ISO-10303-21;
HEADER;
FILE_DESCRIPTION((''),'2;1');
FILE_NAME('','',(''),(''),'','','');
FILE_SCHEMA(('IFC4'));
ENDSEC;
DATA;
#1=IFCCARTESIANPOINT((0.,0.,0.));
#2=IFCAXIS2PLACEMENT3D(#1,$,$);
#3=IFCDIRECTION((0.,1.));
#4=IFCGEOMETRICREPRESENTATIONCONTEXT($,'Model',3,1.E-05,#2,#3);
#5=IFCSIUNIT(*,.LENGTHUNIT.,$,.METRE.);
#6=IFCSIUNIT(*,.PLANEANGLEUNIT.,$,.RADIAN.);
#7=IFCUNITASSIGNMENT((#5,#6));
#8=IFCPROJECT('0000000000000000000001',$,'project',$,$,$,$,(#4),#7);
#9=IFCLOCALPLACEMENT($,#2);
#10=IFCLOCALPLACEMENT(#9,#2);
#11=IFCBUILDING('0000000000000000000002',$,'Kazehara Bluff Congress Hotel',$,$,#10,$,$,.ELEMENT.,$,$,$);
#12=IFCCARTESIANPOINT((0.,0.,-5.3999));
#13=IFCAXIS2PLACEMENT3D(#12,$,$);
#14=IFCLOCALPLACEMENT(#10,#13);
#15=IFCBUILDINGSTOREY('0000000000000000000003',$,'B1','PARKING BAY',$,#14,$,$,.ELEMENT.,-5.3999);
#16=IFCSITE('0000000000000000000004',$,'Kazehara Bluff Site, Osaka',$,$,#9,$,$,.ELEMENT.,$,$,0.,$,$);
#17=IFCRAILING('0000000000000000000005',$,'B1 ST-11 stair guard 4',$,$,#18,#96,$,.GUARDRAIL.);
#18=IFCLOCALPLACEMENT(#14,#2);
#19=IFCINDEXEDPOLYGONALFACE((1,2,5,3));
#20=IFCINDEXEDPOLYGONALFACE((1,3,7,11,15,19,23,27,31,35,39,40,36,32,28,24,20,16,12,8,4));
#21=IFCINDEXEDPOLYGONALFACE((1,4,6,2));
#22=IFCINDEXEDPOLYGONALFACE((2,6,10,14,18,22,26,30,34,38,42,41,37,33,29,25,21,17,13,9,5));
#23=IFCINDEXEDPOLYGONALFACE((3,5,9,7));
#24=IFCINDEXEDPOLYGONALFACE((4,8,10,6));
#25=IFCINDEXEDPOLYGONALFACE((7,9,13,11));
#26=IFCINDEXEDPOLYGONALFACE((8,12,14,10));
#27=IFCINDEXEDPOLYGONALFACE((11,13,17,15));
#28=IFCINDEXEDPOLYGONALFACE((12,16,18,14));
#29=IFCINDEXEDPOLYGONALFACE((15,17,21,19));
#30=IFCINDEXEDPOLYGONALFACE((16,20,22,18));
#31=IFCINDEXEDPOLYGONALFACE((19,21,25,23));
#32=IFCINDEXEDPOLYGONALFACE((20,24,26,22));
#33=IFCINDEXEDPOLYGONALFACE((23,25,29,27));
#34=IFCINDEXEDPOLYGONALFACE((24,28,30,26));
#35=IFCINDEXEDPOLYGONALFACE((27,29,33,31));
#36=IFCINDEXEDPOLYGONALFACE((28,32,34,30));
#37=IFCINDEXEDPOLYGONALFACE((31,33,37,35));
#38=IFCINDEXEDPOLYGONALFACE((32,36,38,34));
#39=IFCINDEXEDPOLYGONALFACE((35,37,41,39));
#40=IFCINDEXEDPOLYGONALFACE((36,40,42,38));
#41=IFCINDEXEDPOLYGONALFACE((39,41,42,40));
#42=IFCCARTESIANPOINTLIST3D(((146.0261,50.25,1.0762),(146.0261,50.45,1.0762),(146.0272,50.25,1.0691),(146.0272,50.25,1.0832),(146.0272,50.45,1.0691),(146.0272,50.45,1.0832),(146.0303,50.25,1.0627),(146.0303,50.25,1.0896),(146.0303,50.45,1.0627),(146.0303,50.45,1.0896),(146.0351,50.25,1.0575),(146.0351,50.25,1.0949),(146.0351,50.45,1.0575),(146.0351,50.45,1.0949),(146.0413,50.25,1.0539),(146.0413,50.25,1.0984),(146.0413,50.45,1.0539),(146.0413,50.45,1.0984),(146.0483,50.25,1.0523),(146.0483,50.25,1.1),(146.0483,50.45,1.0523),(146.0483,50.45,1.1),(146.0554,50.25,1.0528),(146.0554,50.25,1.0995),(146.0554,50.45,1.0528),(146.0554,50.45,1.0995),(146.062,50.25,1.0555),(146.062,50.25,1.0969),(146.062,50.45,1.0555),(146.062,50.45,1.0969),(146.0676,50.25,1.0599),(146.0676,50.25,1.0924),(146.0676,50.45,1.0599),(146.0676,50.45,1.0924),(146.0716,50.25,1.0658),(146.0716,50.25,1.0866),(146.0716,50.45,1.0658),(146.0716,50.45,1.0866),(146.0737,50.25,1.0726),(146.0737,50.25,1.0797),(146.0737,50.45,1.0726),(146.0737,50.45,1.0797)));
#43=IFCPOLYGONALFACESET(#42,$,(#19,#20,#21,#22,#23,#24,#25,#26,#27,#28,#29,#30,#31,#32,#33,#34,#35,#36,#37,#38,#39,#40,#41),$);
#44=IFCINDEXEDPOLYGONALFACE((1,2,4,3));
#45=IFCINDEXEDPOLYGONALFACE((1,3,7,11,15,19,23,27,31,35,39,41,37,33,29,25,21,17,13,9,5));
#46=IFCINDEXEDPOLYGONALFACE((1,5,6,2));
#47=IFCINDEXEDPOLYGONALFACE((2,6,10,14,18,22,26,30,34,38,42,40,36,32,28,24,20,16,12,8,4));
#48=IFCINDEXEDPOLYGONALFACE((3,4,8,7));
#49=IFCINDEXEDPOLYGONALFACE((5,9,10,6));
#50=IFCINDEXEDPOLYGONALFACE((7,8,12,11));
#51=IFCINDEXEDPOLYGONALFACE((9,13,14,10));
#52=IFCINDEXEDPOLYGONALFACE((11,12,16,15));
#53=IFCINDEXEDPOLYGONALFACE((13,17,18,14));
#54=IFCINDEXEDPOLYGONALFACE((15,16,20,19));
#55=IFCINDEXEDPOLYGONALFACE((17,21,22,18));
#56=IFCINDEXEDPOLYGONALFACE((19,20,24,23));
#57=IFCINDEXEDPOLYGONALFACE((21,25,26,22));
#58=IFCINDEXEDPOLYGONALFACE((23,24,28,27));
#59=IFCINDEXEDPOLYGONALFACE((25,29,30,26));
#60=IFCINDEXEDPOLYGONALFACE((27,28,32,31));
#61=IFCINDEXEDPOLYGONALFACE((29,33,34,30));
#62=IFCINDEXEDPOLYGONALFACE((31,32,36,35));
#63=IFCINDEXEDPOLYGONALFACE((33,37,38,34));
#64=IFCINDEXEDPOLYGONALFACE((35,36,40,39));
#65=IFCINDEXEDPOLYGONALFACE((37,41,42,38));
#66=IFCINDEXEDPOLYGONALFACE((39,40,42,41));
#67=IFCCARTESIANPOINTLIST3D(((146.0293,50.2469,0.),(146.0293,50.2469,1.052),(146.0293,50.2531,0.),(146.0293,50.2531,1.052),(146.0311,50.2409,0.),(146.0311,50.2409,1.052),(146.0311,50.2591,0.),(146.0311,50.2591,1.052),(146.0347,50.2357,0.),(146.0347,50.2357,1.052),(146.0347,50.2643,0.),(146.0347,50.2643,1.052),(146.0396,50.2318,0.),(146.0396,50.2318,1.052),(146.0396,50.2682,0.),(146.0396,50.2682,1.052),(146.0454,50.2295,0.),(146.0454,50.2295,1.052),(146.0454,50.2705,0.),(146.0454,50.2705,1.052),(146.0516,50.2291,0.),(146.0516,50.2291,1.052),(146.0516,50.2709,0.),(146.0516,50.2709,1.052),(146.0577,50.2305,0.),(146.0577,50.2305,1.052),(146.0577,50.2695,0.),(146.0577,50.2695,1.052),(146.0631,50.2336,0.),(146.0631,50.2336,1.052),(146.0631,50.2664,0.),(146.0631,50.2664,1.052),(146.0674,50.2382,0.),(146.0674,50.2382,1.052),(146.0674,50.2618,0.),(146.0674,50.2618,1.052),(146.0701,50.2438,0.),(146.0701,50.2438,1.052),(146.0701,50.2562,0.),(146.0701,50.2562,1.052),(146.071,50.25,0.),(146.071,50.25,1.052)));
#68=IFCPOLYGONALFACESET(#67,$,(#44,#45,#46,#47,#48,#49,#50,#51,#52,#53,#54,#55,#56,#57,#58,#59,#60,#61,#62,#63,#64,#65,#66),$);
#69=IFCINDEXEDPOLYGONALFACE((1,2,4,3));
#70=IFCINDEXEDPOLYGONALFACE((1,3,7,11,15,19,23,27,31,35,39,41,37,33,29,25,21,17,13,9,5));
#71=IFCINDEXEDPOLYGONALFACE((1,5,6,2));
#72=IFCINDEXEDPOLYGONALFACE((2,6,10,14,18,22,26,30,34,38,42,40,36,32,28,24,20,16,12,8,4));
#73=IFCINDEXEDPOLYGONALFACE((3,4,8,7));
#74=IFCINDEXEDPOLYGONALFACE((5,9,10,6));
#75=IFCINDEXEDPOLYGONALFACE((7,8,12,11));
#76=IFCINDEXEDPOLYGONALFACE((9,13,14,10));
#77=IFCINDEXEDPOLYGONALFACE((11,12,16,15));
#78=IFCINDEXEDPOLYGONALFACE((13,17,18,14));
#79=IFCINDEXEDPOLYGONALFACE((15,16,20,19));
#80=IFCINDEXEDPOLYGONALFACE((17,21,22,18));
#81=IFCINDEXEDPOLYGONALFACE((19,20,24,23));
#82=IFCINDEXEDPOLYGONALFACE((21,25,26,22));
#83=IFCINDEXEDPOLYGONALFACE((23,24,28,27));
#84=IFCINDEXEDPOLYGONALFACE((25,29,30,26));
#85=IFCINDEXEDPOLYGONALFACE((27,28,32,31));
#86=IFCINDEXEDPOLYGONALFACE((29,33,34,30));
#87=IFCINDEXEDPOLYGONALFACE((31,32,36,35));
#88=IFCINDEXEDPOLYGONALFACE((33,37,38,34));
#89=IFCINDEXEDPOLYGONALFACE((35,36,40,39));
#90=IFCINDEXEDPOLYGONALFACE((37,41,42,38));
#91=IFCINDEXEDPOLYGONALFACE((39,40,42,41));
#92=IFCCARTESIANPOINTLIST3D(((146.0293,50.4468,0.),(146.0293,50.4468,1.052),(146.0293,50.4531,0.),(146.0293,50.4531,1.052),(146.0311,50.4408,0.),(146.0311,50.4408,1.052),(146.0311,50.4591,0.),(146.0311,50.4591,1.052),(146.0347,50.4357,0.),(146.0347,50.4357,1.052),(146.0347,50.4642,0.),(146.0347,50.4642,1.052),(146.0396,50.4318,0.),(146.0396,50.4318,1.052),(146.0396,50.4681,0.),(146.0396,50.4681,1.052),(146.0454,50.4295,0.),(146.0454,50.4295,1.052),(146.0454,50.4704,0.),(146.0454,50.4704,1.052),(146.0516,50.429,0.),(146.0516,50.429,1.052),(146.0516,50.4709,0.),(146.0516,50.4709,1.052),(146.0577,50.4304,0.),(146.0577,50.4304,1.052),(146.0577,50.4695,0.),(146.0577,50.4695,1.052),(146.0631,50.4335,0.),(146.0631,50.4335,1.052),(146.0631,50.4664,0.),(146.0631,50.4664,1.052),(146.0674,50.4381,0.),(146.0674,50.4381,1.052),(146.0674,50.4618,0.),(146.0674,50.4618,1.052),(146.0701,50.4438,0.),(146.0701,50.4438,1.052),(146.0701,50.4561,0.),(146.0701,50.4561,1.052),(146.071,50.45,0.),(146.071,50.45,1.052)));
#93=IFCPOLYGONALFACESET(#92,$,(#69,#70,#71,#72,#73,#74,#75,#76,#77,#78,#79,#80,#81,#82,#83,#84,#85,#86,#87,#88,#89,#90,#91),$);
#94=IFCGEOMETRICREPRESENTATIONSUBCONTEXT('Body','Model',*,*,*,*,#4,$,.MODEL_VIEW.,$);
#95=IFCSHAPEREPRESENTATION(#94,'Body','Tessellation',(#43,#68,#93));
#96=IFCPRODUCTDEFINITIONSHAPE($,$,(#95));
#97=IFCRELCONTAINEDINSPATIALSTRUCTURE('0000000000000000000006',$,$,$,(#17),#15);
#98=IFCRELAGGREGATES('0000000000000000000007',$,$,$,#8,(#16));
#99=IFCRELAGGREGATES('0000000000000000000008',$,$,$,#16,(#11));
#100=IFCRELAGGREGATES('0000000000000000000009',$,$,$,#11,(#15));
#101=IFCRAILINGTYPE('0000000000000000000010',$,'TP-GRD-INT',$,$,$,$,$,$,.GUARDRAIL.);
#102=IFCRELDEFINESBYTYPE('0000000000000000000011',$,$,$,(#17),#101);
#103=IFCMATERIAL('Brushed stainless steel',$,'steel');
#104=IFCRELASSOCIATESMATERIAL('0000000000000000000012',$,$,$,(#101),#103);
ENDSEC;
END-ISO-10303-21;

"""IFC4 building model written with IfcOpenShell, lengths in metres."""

from ifc_helpers import new_model, si_unit, direction, frame, origin, origin_2d, place, context, subcontext, project, spatial, circle, extrude, material, type_object, element, save


model = new_model("IFC4")

# Units and contexts
model_context = context("Model", 3, precision=1e-05, world=origin(), true_north=direction((0.0, 1.0)))
body_context = subcontext(model_context, "Body", "Model", "MODEL_VIEW")
ifc_project = project(units=[si_unit("LENGTHUNIT", "METRE"), si_unit("PLANEANGLEUNIT", "RADIAN")], contexts=[model_context])

# Site, building, storey
site_placement = place(None, origin())
site = spatial("IfcSite", under=ifc_project, at=site_placement, Name="Kazehara Bluff Site, Osaka", CompositionType="ELEMENT", RefElevation=0.0)
building_placement = place(site_placement, origin())
building = spatial("IfcBuilding", under=site, at=building_placement, Name="Kazehara Bluff Congress Hotel", CompositionType="ELEMENT")
storey_placement = place(building_placement, frame((0.0, 0.0, -5.3999)))
storey = spatial("IfcBuildingStorey", under=building, at=storey_placement, Name="B1", Description="PARKING BAY", CompositionType="ELEMENT", Elevation=-5.3999)

# Railing
ifc_material_1 = material(Name="Brushed stainless steel", Category="steel")
railing_type_1 = type_object("IfcRailingType", Name="TP-GRD-INT", PredefinedType="GUARDRAIL", material=ifc_material_1)
railing_1_placement = place(storey_placement, frame((146.05, 50.25, 0.0)))
element("IfcRailing", 1, at=railing_1_placement, inside=storey, type_object=railing_type_1, Name="B1 ST-11 stair guard 4", PredefinedType="GUARDRAIL", context=body_context, shape_type="SweptSolid", body=[
    extrude(circle(Radius=0.0239, at=origin_2d()), frame((0.0, 0.0, 1.0762), z_axis=(0.0, 1.0, 0.0), x_axis=(-1.0, 0.0, 0.0)), (0.0, 0.0, 1.0), 0.2),
    extrude(circle(Radius=0.021, at=origin_2d()), origin(), (0.0, 0.0, 1.0), 1.052),
    extrude(circle(Radius=0.021, at=origin_2d()), frame((0.0, 0.2, 0.0)), (0.0, 0.0, 1.0), 1.052),
])

save(model, "model.ifc")
